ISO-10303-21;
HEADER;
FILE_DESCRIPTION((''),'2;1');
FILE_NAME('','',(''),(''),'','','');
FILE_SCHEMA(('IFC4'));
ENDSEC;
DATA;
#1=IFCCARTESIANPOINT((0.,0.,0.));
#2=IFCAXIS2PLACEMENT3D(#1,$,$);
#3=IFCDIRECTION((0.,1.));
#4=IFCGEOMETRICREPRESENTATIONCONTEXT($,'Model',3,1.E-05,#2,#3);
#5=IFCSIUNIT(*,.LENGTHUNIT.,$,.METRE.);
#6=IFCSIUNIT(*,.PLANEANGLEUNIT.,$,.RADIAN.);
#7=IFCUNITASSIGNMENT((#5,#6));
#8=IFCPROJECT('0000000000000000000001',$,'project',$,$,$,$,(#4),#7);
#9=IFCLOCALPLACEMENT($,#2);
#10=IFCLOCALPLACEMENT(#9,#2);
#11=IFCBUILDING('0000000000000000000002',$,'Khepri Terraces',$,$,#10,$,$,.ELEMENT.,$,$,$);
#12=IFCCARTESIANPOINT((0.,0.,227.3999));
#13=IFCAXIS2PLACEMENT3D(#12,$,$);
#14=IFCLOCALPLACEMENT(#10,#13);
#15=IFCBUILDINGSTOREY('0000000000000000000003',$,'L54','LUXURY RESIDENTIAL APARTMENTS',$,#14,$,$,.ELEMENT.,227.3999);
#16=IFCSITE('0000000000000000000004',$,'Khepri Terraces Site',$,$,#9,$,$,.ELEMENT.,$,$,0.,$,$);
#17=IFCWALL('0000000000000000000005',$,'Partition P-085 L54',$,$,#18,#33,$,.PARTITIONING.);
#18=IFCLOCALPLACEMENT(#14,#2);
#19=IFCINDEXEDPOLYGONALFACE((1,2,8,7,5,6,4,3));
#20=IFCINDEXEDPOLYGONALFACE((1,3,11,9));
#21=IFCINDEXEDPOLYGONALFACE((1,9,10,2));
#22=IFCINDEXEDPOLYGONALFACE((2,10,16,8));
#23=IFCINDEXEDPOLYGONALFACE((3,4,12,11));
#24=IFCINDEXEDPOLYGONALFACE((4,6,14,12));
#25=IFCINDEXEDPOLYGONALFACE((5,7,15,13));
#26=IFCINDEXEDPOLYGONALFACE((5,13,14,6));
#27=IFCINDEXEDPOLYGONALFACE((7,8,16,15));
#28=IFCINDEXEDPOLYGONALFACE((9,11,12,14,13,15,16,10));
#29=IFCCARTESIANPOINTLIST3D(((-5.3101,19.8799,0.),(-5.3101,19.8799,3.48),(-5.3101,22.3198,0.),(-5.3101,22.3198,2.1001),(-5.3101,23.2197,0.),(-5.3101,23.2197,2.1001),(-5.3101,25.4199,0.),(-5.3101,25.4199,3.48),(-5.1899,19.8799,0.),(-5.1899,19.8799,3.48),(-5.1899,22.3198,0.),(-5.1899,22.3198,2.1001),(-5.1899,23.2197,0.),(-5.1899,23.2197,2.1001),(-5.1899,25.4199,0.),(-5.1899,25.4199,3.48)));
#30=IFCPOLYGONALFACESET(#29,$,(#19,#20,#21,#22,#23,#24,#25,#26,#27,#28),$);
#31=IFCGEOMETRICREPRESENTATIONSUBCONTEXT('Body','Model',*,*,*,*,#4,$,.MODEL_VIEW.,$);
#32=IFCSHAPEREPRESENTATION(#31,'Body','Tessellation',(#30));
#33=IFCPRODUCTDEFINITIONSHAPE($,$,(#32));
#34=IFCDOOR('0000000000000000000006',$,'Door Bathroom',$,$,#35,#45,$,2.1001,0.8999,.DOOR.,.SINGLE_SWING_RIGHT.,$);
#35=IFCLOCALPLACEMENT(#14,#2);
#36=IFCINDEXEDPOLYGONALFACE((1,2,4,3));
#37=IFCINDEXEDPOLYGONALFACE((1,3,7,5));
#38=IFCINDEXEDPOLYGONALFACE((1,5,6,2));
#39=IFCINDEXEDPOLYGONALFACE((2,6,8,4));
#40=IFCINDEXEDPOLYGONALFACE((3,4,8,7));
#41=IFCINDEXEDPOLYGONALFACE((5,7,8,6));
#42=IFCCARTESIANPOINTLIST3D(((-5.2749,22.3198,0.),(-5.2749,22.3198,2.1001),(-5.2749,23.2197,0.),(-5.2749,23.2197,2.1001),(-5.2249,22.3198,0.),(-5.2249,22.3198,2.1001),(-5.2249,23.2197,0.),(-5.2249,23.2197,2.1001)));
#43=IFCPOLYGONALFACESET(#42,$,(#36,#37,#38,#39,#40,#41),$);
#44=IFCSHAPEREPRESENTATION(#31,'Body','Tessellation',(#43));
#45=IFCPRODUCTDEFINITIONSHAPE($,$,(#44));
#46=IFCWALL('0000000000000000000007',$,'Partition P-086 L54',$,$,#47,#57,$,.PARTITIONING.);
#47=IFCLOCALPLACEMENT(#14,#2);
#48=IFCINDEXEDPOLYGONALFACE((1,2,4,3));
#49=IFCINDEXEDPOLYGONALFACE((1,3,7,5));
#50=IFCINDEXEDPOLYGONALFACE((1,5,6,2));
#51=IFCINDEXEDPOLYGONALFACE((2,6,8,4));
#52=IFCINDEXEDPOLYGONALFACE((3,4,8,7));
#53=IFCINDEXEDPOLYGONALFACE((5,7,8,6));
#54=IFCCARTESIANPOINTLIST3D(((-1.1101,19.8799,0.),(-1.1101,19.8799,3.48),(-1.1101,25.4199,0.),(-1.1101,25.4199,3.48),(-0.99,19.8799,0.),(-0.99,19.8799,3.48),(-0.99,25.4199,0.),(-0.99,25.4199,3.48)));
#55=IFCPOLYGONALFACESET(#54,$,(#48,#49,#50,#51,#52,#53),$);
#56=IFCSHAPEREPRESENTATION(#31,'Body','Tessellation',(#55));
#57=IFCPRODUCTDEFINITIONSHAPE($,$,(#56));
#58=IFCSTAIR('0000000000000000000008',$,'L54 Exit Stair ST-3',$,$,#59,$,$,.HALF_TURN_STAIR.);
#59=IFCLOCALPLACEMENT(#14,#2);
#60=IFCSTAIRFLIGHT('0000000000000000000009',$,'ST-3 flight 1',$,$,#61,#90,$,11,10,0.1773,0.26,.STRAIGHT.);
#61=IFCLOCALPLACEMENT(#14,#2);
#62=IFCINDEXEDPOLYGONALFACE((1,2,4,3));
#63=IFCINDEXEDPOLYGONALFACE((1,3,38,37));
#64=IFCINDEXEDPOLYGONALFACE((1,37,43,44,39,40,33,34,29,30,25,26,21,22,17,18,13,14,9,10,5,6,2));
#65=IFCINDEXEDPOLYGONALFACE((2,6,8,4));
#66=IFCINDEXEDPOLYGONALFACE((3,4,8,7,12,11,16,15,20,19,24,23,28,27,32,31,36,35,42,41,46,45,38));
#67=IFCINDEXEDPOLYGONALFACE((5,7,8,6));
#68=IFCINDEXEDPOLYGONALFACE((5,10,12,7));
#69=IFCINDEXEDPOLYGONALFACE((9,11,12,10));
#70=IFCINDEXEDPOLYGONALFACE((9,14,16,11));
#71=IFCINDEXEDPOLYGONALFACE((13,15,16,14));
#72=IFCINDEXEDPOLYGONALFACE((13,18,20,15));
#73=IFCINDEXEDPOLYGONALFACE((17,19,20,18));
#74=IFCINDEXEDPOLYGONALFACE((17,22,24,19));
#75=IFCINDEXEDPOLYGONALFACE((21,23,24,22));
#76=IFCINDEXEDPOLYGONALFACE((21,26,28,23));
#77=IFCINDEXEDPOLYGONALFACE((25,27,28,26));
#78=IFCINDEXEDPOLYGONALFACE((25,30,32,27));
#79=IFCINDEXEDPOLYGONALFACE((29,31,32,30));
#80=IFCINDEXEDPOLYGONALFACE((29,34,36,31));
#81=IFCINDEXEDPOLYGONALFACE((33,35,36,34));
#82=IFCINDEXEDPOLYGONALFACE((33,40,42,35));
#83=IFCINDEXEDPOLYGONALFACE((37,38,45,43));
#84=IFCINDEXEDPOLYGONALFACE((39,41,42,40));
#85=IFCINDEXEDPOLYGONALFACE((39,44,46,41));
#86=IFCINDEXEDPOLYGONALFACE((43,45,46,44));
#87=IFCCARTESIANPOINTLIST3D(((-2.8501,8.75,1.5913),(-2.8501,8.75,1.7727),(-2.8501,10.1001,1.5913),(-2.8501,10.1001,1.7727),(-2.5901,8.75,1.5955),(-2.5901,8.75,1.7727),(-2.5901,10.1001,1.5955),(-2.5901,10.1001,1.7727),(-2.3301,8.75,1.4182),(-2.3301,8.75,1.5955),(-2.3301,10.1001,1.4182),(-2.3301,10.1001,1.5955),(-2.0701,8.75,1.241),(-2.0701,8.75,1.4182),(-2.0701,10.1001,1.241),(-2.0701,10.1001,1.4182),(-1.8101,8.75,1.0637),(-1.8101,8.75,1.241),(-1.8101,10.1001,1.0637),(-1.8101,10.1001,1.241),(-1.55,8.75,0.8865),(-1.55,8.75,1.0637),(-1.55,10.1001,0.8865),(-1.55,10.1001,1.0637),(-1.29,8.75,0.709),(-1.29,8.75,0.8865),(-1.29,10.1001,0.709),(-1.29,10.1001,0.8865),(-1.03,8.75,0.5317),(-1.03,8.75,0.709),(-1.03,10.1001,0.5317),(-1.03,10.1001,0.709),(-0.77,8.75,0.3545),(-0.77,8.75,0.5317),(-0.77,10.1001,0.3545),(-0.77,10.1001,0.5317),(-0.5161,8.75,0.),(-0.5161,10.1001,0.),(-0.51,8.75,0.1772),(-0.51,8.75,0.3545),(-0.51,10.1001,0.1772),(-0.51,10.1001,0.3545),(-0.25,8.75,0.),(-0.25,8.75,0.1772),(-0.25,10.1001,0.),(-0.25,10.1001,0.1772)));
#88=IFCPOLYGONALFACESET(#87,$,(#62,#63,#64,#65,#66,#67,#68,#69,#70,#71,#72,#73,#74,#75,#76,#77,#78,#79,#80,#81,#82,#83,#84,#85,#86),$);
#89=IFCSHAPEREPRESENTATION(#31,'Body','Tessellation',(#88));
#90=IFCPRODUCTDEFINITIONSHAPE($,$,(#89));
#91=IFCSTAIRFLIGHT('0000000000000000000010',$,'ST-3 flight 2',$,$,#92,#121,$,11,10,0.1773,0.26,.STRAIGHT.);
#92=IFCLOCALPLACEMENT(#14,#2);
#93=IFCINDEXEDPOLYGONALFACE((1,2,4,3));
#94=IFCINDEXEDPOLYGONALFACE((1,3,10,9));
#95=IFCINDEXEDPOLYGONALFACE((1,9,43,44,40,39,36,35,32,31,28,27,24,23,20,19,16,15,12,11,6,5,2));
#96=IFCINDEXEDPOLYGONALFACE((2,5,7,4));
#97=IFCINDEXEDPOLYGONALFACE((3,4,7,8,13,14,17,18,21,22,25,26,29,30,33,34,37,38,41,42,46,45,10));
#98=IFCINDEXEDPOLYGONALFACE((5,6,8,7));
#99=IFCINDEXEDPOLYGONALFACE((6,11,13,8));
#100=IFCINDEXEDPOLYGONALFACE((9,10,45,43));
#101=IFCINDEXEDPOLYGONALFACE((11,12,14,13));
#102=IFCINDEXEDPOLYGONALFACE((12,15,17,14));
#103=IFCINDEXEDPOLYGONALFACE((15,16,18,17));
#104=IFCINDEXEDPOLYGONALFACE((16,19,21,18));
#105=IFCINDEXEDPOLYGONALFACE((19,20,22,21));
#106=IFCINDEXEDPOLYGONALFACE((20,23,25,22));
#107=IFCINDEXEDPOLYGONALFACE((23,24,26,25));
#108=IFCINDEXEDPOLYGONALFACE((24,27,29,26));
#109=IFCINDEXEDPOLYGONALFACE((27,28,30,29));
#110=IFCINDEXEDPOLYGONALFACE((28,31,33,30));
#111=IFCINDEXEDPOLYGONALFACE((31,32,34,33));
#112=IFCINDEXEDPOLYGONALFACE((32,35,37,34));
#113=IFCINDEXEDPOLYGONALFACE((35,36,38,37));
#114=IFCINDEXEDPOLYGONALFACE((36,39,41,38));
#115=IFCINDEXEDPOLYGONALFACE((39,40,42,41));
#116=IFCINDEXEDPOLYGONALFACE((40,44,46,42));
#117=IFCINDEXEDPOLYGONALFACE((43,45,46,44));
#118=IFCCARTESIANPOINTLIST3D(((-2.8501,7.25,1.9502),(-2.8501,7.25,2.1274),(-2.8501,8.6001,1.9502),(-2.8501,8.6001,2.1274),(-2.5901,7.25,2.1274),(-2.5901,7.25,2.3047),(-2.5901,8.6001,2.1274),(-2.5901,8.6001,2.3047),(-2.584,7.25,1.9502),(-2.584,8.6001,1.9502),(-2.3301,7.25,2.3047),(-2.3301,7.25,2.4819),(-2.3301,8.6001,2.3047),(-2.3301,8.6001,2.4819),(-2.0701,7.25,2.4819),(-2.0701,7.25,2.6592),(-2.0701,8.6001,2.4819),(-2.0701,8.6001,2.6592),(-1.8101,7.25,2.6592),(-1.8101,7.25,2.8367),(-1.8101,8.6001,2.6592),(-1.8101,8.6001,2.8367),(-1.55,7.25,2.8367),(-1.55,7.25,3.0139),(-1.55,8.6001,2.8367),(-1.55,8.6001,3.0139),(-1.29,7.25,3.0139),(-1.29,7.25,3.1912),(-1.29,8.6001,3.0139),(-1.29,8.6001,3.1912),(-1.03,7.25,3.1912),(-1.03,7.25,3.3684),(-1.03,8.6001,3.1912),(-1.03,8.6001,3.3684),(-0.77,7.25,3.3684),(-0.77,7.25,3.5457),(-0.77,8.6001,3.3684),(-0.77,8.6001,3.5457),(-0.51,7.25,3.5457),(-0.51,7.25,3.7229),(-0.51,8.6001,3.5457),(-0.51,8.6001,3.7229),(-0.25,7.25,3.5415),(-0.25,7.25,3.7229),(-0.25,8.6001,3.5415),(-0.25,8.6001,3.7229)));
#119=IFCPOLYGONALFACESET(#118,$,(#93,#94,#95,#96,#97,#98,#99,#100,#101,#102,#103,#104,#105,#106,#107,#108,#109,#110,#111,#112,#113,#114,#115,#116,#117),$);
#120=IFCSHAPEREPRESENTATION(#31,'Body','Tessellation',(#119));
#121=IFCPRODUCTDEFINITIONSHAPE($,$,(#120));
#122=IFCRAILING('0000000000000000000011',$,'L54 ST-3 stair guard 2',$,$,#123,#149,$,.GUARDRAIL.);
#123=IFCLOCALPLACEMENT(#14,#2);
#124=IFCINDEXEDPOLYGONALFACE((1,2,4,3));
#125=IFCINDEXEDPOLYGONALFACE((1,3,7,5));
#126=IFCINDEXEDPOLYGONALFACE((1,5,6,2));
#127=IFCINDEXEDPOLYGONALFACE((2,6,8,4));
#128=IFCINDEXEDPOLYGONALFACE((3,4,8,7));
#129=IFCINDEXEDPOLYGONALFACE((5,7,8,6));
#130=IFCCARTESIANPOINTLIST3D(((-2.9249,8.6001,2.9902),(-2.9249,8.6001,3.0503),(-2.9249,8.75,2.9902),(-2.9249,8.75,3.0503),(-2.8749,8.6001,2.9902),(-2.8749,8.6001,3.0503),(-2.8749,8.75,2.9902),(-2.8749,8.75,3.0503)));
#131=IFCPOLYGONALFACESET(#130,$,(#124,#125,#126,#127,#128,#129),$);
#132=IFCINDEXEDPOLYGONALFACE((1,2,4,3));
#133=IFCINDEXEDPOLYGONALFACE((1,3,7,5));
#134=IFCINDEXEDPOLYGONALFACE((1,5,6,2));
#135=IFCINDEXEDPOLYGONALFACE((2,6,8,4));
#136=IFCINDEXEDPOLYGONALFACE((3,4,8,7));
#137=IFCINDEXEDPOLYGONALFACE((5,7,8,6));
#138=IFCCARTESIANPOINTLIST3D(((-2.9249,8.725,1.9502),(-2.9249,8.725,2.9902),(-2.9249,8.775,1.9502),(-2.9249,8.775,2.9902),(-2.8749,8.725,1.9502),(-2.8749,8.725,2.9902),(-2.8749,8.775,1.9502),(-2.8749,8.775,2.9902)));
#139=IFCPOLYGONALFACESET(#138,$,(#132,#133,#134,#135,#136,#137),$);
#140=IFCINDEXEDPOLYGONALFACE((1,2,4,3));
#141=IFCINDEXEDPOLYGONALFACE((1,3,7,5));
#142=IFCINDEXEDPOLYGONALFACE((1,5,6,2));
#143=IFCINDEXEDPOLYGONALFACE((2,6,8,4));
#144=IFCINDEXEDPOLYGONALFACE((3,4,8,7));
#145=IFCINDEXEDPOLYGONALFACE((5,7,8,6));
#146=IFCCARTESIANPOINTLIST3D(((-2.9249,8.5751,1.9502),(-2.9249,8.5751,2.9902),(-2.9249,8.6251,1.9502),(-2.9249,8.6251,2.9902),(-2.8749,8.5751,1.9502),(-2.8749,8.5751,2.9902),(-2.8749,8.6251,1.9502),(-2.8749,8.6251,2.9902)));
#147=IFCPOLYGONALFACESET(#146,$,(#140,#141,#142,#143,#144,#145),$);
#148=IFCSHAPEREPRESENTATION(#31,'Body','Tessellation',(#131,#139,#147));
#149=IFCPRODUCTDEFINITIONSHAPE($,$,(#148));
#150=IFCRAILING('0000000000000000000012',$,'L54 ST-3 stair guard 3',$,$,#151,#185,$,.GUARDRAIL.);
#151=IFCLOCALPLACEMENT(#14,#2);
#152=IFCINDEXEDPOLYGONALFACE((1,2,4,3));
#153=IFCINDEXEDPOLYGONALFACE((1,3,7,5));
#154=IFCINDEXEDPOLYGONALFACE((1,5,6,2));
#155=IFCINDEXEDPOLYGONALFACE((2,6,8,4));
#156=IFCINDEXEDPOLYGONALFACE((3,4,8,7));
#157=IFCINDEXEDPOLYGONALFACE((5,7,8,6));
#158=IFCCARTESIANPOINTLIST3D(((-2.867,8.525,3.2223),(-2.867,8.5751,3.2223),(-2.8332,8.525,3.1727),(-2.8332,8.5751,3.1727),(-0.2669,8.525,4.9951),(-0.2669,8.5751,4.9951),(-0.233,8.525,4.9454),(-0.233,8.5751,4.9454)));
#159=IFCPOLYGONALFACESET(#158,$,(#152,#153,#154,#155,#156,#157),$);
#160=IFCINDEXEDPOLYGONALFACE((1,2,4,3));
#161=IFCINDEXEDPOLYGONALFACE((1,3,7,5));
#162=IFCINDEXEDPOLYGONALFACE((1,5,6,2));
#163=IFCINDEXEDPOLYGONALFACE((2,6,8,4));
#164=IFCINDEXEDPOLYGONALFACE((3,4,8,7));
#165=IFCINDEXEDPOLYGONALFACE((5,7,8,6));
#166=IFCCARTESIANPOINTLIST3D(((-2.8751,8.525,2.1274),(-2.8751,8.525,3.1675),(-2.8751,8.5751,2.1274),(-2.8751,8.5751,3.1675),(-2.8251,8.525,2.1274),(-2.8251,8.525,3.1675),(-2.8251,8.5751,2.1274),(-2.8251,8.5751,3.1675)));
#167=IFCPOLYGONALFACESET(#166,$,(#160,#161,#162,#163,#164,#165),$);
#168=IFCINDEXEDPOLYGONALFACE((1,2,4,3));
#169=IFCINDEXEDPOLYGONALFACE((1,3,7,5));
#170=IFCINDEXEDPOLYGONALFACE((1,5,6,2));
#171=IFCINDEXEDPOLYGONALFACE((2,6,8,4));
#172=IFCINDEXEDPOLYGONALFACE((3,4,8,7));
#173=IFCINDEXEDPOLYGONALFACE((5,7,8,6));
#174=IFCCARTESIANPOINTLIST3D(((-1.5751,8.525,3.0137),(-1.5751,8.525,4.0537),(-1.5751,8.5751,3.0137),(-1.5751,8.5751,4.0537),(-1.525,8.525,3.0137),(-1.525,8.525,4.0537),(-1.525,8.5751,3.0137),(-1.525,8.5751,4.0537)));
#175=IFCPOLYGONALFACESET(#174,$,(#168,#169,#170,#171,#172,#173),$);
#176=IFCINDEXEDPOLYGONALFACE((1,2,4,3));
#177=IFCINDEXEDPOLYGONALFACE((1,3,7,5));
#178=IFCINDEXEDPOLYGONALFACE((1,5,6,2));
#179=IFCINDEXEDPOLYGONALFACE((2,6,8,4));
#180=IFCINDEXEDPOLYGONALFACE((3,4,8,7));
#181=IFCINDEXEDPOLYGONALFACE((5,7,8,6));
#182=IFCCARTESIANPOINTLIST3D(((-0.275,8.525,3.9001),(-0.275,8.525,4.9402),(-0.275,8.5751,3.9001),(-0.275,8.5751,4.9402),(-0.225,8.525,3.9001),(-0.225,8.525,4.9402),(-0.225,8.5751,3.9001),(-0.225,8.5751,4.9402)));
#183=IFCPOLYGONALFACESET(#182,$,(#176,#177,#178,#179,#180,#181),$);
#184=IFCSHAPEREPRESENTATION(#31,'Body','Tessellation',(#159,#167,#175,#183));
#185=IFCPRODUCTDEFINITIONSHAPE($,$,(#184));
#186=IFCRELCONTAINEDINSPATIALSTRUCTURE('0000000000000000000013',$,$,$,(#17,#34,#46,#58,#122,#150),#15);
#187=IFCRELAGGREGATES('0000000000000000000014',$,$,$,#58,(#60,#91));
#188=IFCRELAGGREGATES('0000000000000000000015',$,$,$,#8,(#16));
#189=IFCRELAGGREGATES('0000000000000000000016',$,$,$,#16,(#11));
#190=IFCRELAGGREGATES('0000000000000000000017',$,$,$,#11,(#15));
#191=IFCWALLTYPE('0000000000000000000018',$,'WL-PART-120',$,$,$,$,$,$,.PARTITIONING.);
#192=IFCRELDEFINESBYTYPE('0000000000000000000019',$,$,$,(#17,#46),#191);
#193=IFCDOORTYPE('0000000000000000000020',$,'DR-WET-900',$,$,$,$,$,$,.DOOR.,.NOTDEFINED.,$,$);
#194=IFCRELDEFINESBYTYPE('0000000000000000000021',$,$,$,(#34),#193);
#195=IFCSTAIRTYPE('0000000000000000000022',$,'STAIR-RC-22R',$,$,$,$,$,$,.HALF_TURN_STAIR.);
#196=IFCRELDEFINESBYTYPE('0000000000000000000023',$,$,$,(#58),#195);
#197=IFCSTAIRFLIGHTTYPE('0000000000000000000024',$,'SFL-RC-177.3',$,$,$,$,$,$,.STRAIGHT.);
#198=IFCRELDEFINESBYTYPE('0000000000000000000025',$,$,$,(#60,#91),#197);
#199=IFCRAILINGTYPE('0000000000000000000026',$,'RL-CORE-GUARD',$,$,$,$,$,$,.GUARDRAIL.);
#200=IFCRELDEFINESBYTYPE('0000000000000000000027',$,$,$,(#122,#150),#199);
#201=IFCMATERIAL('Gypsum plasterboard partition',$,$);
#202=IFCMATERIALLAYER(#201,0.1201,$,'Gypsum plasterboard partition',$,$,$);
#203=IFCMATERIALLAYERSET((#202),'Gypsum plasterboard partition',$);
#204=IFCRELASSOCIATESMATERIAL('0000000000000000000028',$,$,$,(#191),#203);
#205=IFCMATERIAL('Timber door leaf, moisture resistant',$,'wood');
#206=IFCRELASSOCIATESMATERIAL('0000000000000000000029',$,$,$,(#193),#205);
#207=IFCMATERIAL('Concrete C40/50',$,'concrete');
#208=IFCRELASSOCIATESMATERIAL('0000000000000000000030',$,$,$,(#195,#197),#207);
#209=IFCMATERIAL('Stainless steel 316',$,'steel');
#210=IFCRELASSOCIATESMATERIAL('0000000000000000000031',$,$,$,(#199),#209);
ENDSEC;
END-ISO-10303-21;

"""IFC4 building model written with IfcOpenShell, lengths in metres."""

from ifc_helpers import new_model, si_unit, direction, frame, frame_2d, origin, origin_2d, place, context, subcontext, project, spatial, polyline, rectangle, outline, extrude, material, layer, layer_set, type_object, element, fill, aggregate, save


model = new_model("IFC4")

# Units and contexts
model_context = context("Model", 3, precision=1e-05, world=origin(), true_north=direction((0.0, 1.0)))
body_context = subcontext(model_context, "Body", "Model", "MODEL_VIEW")
ifc_project = project(units=[si_unit("LENGTHUNIT", "METRE"), si_unit("PLANEANGLEUNIT", "RADIAN")], contexts=[model_context])

# Site, building, storey
site_placement = place(None, origin())
site = spatial("IfcSite", under=ifc_project, at=site_placement, Name="Khepri Terraces Site", CompositionType="ELEMENT", RefElevation=0.0)
building_placement = place(site_placement, origin())
building = spatial("IfcBuilding", under=site, at=building_placement, Name="Khepri Terraces", CompositionType="ELEMENT")
storey_placement = place(building_placement, frame((0.0, 0.0, 227.3999)))
storey = spatial("IfcBuildingStorey", under=building, at=storey_placement, Name="L54", Description="LUXURY RESIDENTIAL APARTMENTS", CompositionType="ELEMENT", Elevation=227.3999)

# Shared definitions
ifc_material_1 = material(Name="Gypsum plasterboard partition")
ifc_layer_1 = layer(ifc_material_1, 0.1201, Name="Gypsum plasterboard partition")
ifc_layer_set_1 = layer_set([ifc_layer_1], Name="Gypsum plasterboard partition")
wall_type_1 = type_object("IfcWallType", Name="WL-PART-120", PredefinedType="PARTITIONING", material=ifc_layer_set_1)

# Shared definitions
ifc_material_2 = material(Name="Timber door leaf, moisture resistant", Category="wood")
door_type_1 = type_object("IfcDoorType", Name="DR-WET-900", OperationType="NOTDEFINED", PredefinedType="DOOR", material=ifc_material_2)

# Wall, opening, door
wall_1_placement = place(storey_placement, frame((-5.25, 19.8799, 0.0), z_axis=(0.0, 0.0, 1.0), x_axis=(0.0, 1.0, 0.0)))
wall_1 = element("IfcWall", 1, at=wall_1_placement, inside=storey, type_object=wall_type_1, Name="Partition P-085 L54", PredefinedType="PARTITIONING", context=body_context, shape_type="SweptSolid", body=[
    extrude(rectangle(XDim=5.54, YDim=0.1201, at=frame_2d((2.77, 0.0))), origin(), (0.0, 0.0, 1.0), 3.48),
])
opening_1_placement = place(wall_1_placement, frame((2.4399, 0.0, 0.0)))
opening_1 = element("IfcOpeningElement", 2, at=opening_1_placement, cuts=wall_1, PredefinedType="OPENING", context=body_context, shape_type="SweptSolid", body=[
    extrude(rectangle(XDim=0.8999, YDim=2.1001, at=frame_2d((0.45, 1.05))), frame((0.0, 0.0701, 0.0), z_axis=(0.0, -1.0, 0.0), x_axis=(1.0, 0.0, 0.0)), (0.0, 0.0, 1.0), 0.1401),
])
door_1_placement = place(opening_1_placement, origin())
door_1 = element("IfcDoor", 3, at=door_1_placement, inside=storey, type_object=door_type_1, Name="Door Bathroom", OperationType="SINGLE_SWING_RIGHT", OverallHeight=2.1001, OverallWidth=0.8999, PredefinedType="DOOR", context=body_context, shape_type="SweptSolid", body=[
    extrude(rectangle(XDim=0.8999, YDim=2.1001, at=frame_2d((0.45, 1.05))), frame((0.0, 0.0249, 0.0), z_axis=(0.0, -1.0, 0.0), x_axis=(1.0, 0.0, 0.0)), (0.0, 0.0, 1.0), 0.05),
])
fill(opening_1, door_1)

# Wall
wall_2_placement = place(storey_placement, frame((-1.05, 19.8799, 0.0), z_axis=(0.0, 0.0, 1.0), x_axis=(0.0, 1.0, 0.0)))
element("IfcWall", 4, at=wall_2_placement, inside=storey, type_object=wall_type_1, Name="Partition P-086 L54", PredefinedType="PARTITIONING", context=body_context, shape_type="SweptSolid", body=[
    extrude(rectangle(XDim=5.54, YDim=0.1201, at=frame_2d((2.77, 0.0))), origin(), (0.0, 0.0, 1.0), 3.48),
])

# Stair, stair flights
ifc_material_3 = material(Name="Concrete C40/50", Category="concrete")
stair_type = type_object("IfcStairType", Name="STAIR-RC-22R", PredefinedType="HALF_TURN_STAIR", material=ifc_material_3)
stair_placement = place(storey_placement, origin())
stair = element("IfcStair", 5, at=stair_placement, inside=storey, type_object=stair_type, Name="L54 Exit Stair ST-3", PredefinedType="HALF_TURN_STAIR")
stair_flight_type = type_object("IfcStairFlightType", Name="SFL-RC-177.3", PredefinedType="STRAIGHT", material=ifc_material_3)
stair_flight_1_placement = place(storey_placement, frame((-0.25, 9.425, 0.0), z_axis=(0.0, 0.0, 1.0), x_axis=(-1.0, 0.0, 0.0)))
stair_flight_1 = element("IfcStairFlight", 6, at=stair_flight_1_placement, type_object=stair_flight_type, Name="ST-3 flight 1", NumberOfRisers=11, NumberOfTreads=10, PredefinedType="STRAIGHT", RiserHeight=0.1773, TreadLength=0.26, context=body_context, shape_type="SweptSolid", body=[
    extrude(outline(polyline([(0.0, 0.0), (0.0, 0.1772), (0.26, 0.1772), (0.26, 0.3545), (0.52, 0.3545), (0.52, 0.5317), (0.78, 0.5317), (0.78, 0.709), (1.04, 0.709), (1.04, 0.8865), (1.3, 0.8865), (1.3, 1.0637), (1.5601, 1.0637), (1.5601, 1.241), (1.8201, 1.241), (1.8201, 1.4182), (2.0801, 1.4182), (2.0801, 1.5955), (2.3401, 1.5955), (2.3401, 1.7727), (2.6001, 1.7727), (2.6001, 1.95), (2.6001, 1.5913), (0.2661, 0.0), (0.0, 0.0)])), frame((0.0, 0.675, 0.0), z_axis=(0.0, -1.0, 0.0), x_axis=(1.0, 0.0, 0.0)), (0.0, 0.0, 1.0), 1.3501),
])
stair_flight_2_placement = place(storey_placement, frame((-2.8501, 7.925, 1.9502), z_axis=(0.0, 0.0, 1.0), x_axis=(1.0, 0.0, 0.0)))
stair_flight_2 = element("IfcStairFlight", 7, at=stair_flight_2_placement, type_object=stair_flight_type, Name="ST-3 flight 2", NumberOfRisers=11, NumberOfTreads=10, PredefinedType="STRAIGHT", RiserHeight=0.1773, TreadLength=0.26, context=body_context, shape_type="SweptSolid", body=[
    extrude(outline(polyline([(0.0, 0.0), (0.0, 0.1772), (0.26, 0.1772), (0.26, 0.3545), (0.52, 0.3545), (0.52, 0.5317), (0.78, 0.5317), (0.78, 0.709), (1.04, 0.709), (1.04, 0.8865), (1.3, 0.8865), (1.3, 1.0637), (1.5601, 1.0637), (1.5601, 1.241), (1.8201, 1.241), (1.8201, 1.4182), (2.0801, 1.4182), (2.0801, 1.5955), (2.3401, 1.5955), (2.3401, 1.7727), (2.6001, 1.7727), (2.6001, 1.95), (2.6001, 1.5913), (0.2661, 0.0), (0.0, 0.0)])), frame((0.0, 0.675, 0.0), z_axis=(0.0, -1.0, 0.0), x_axis=(1.0, 0.0, 0.0)), (0.0, 0.0, 1.0), 1.3501),
])
aggregate(stair, [stair_flight_1, stair_flight_2])

# Railings
ifc_material_4 = material(Name="Stainless steel 316", Category="steel")
railing_type = type_object("IfcRailingType", Name="RL-CORE-GUARD", PredefinedType="GUARDRAIL", material=ifc_material_4)
railing_1_placement = place(storey_placement, frame((-2.8999, 8.75, 1.9502)))
element("IfcRailing", 8, at=railing_1_placement, inside=storey, type_object=railing_type, Name="L54 ST-3 stair guard 2", PredefinedType="GUARDRAIL", context=body_context, shape_type="SweptSolid", body=[
    extrude(rectangle(XDim=0.05, YDim=0.0601, at=origin_2d()), frame((0.0, 0.0, 1.0701), z_axis=(0.0, -1.0, 0.0), x_axis=(1.0, 0.0, 0.0)), (0.0, 0.0, 1.0), 0.1499),
    extrude(rectangle(XDim=0.05, YDim=0.05, at=origin_2d()), origin(), (0.0, 0.0, 1.0), 1.04),
    extrude(rectangle(XDim=0.05, YDim=0.05, at=origin_2d()), frame((0.0, -0.1499, 0.0)), (0.0, 0.0, 1.0), 1.04),
])
railing_2_placement = place(storey_placement, frame((-2.8501, 8.55, 2.1274)))
element("IfcRailing", 9, at=railing_2_placement, inside=storey, type_object=railing_type, Name="L54 ST-3 stair guard 3", PredefinedType="GUARDRAIL", context=body_context, shape_type="SweptSolid", body=[
    extrude(rectangle(XDim=0.05, YDim=0.0601, at=origin_2d()), frame((0.0, 0.0, 1.0701), z_axis=(0.82624, 0.0, 0.563318), x_axis=(0.0, 1.0, 0.0)), (0.0, 0.0, 1.0), 3.147),
    extrude(rectangle(XDim=0.05, YDim=0.05, at=origin_2d()), origin(), (0.0, 0.0, 1.0), 1.04),
    extrude(rectangle(XDim=0.05, YDim=0.05, at=origin_2d()), frame((1.3, 0.0, 0.8862)), (0.0, 0.0, 1.0), 1.04),
    extrude(rectangle(XDim=0.05, YDim=0.05, at=origin_2d()), frame((2.6001, 0.0, 1.7727)), (0.0, 0.0, 1.0), 1.04),
])

save(model, "model.ifc")
